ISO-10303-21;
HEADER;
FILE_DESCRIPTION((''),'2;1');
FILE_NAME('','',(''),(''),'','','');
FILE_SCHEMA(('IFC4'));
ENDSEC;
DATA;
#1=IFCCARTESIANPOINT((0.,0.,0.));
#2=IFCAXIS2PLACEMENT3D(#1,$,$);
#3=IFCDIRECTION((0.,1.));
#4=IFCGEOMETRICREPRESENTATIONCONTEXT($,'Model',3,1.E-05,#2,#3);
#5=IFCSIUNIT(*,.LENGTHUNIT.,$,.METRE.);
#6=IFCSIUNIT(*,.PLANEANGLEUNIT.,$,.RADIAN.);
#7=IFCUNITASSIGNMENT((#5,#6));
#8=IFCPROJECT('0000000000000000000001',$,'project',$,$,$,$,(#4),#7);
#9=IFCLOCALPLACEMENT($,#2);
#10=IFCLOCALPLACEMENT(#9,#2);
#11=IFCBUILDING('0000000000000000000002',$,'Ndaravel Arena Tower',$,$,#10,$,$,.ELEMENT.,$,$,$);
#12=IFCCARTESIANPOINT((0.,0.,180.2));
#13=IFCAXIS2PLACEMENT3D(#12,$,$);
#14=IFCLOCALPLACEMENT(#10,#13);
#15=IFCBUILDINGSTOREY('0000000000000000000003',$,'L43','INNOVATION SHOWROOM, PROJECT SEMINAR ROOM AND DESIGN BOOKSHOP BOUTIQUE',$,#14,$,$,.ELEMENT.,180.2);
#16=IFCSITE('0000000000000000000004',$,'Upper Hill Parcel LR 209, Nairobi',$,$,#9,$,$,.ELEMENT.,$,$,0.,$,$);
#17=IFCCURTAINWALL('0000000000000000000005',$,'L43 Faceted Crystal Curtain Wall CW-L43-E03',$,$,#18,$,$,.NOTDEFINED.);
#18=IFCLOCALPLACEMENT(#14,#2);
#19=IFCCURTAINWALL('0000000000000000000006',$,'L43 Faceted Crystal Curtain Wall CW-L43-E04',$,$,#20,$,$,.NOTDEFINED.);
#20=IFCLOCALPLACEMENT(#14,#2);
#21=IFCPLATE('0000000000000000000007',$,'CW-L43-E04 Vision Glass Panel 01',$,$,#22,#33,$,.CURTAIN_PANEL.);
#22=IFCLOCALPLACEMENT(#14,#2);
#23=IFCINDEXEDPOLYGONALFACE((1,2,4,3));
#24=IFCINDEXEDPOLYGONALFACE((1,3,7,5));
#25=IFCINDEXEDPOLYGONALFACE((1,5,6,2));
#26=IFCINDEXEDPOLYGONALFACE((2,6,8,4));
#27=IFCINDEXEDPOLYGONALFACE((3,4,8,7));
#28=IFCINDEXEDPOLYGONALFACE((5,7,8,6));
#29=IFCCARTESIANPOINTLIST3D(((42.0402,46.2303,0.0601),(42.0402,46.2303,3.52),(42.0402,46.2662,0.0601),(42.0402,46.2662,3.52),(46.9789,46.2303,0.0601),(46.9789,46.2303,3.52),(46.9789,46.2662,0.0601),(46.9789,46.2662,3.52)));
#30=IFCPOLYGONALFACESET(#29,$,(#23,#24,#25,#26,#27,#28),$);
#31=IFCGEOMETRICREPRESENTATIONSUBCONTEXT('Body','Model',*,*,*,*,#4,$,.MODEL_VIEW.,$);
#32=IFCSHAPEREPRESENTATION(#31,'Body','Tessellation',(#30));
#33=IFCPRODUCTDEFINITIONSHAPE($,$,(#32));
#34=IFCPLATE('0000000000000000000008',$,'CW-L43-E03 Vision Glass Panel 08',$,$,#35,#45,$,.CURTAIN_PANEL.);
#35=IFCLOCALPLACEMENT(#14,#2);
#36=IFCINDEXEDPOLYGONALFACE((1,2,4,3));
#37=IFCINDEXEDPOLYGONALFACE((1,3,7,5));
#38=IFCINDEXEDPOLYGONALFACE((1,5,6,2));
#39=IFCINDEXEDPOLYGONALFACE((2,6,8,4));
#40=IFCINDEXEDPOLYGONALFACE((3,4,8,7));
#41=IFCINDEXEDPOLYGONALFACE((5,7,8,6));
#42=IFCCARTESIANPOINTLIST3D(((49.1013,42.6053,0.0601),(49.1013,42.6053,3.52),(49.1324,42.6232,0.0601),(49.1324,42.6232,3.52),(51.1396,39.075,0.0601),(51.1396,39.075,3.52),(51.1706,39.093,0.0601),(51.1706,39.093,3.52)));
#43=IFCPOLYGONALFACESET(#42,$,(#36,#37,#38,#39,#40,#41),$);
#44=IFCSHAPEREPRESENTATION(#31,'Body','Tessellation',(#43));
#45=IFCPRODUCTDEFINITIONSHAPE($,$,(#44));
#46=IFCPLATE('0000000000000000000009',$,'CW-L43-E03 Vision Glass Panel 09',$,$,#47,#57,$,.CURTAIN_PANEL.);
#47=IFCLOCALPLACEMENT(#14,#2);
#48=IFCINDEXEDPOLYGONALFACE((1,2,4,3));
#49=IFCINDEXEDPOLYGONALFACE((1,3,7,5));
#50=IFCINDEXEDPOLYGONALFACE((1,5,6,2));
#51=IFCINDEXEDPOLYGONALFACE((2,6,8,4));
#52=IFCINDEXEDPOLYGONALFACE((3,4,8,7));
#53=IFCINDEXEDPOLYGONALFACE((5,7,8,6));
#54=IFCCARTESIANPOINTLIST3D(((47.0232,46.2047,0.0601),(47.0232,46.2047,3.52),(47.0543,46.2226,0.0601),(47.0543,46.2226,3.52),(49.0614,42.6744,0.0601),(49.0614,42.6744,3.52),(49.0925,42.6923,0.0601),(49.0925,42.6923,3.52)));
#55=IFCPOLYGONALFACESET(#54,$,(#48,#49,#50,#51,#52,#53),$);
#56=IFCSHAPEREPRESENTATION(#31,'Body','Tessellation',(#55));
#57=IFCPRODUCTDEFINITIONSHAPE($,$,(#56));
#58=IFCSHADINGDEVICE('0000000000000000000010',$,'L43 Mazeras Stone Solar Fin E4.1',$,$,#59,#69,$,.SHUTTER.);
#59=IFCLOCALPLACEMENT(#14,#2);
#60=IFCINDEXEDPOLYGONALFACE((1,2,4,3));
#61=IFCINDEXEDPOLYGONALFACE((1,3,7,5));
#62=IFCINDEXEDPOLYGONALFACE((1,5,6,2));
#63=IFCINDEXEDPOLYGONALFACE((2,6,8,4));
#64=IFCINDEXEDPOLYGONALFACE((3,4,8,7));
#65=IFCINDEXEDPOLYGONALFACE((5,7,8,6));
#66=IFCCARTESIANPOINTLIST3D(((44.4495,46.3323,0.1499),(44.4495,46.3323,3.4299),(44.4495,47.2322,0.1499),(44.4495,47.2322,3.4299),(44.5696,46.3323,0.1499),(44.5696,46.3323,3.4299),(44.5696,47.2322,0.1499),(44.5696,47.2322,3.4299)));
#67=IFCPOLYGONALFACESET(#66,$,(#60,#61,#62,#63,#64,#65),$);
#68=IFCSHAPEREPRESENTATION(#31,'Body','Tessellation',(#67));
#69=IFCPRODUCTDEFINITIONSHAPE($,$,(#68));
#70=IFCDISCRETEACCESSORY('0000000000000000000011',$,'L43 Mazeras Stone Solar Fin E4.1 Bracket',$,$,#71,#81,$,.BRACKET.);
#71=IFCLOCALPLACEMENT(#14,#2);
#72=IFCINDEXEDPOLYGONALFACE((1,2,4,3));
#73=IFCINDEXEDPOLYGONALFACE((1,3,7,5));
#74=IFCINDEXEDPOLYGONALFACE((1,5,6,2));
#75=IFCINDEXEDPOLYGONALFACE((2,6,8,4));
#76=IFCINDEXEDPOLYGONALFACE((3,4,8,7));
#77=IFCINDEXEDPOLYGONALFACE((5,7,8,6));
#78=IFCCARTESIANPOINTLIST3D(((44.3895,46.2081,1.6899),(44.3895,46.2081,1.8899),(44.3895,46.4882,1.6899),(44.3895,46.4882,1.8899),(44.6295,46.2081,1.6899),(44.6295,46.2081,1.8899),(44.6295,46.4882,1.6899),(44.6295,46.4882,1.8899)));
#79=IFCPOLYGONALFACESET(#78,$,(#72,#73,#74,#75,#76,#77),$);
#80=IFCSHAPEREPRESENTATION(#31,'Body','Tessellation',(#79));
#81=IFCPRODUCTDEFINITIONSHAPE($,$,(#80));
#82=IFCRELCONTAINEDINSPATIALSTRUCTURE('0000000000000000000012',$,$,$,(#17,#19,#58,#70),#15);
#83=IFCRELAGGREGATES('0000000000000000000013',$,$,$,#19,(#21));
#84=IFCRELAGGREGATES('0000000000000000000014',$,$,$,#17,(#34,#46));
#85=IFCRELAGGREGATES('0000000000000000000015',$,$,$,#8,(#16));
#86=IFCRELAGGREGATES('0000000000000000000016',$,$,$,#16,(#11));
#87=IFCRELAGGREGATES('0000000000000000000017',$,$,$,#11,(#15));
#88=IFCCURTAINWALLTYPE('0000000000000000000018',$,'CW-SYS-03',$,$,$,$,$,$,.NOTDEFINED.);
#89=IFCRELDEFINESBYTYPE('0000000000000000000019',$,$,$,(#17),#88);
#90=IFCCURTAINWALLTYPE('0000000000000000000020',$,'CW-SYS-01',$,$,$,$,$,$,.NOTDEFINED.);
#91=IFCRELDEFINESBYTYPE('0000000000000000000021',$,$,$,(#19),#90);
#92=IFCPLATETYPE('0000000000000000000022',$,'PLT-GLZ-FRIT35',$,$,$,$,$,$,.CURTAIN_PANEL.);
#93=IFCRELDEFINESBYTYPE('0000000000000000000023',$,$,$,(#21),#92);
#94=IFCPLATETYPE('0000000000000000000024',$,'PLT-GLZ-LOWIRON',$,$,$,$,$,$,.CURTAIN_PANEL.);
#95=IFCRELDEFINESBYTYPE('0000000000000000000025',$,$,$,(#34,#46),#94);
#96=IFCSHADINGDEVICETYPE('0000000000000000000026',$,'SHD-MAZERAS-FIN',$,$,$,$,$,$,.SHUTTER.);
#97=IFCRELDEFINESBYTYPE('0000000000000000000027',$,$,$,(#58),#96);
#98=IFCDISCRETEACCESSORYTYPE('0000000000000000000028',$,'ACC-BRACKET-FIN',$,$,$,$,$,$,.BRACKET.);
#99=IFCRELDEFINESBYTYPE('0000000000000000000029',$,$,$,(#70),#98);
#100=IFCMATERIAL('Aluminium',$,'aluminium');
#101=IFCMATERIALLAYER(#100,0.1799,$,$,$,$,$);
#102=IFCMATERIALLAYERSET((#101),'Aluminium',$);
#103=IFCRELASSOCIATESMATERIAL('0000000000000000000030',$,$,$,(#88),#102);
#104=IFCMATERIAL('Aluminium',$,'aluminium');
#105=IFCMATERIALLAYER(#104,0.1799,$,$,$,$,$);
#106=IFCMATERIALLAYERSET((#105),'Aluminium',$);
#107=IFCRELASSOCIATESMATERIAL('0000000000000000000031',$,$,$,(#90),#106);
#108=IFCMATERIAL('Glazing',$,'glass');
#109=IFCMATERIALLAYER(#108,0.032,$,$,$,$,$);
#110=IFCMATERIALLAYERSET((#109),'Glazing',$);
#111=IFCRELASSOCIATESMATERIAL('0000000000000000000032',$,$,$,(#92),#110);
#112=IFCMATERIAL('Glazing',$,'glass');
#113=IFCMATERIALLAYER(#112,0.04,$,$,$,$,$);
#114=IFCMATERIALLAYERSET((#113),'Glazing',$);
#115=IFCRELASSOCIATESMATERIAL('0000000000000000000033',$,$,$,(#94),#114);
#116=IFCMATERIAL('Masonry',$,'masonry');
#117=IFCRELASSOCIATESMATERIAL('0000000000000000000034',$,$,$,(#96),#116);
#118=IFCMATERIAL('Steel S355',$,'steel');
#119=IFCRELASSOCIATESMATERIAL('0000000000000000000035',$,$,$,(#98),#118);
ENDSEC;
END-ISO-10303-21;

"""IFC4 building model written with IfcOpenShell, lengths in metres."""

from ifc_helpers import new_model, si_unit, direction, frame, origin, origin_2d, place, context, subcontext, project, spatial, rectangle, extrude, material, layer, layer_set, type_object, element, aggregate, save


model = new_model("IFC4")

# Units and contexts
model_context = context("Model", 3, precision=1e-05, world=origin(), true_north=direction((0.0, 1.0)))
body_context = subcontext(model_context, "Body", "Model", "MODEL_VIEW")
ifc_project = project(units=[si_unit("LENGTHUNIT", "METRE"), si_unit("PLANEANGLEUNIT", "RADIAN")], contexts=[model_context])

# Site, building, storey
site_placement = place(None, origin())
site = spatial("IfcSite", under=ifc_project, at=site_placement, Name="Upper Hill Parcel LR 209, Nairobi", CompositionType="ELEMENT", RefElevation=0.0)
building_placement = place(site_placement, origin())
building = spatial("IfcBuilding", under=site, at=building_placement, Name="Ndaravel Arena Tower", CompositionType="ELEMENT")
storey_placement = place(building_placement, frame((0.0, 0.0, 180.2)))
storey = spatial("IfcBuildingStorey", under=building, at=storey_placement, Name="L43", Description="INNOVATION SHOWROOM, PROJECT SEMINAR ROOM AND DESIGN BOOKSHOP BOUTIQUE", CompositionType="ELEMENT", Elevation=180.2)

# Curtain wall
ifc_material_1 = material(Name="Aluminium", Category="aluminium")
ifc_layer_1 = layer(ifc_material_1, 0.1799)
ifc_layer_set_1 = layer_set([ifc_layer_1], Name="Aluminium")
curtain_wall_type_1 = type_object("IfcCurtainWallType", Name="CW-SYS-03", PredefinedType="NOTDEFINED", material=ifc_layer_set_1)
curtain_wall_1_placement = place(storey_placement, origin())
curtain_wall_1 = element("IfcCurtainWall", 1, at=curtain_wall_1_placement, inside=storey, type_object=curtain_wall_type_1, Name="L43 Faceted Crystal Curtain Wall CW-L43-E03", PredefinedType="NOTDEFINED")

# Curtain wall, plate
ifc_material_2 = material(Name="Aluminium", Category="aluminium")
ifc_layer_2 = layer(ifc_material_2, 0.1799)
ifc_layer_set_2 = layer_set([ifc_layer_2], Name="Aluminium")
curtain_wall_type_2 = type_object("IfcCurtainWallType", Name="CW-SYS-01", PredefinedType="NOTDEFINED", material=ifc_layer_set_2)
curtain_wall_2_placement = place(storey_placement, origin())
curtain_wall_2 = element("IfcCurtainWall", 2, at=curtain_wall_2_placement, inside=storey, type_object=curtain_wall_type_2, Name="L43 Faceted Crystal Curtain Wall CW-L43-E04", PredefinedType="NOTDEFINED")
ifc_material_3 = material(Name="Glazing", Category="glass")
ifc_layer_3 = layer(ifc_material_3, 0.032)
ifc_layer_set_3 = layer_set([ifc_layer_3], Name="Glazing")
plate_type_1 = type_object("IfcPlateType", Name="PLT-GLZ-FRIT35", PredefinedType="CURTAIN_PANEL", material=ifc_layer_set_3)
plate_1_placement = place(storey_placement, frame((44.5095, 46.2483, 0.0601), z_axis=(0.0, 0.0, 1.0), x_axis=(-1.0, 0.0, 0.0)))
plate_1 = element("IfcPlate", 3, at=plate_1_placement, type_object=plate_type_1, Name="CW-L43-E04 Vision Glass Panel 01", PredefinedType="CURTAIN_PANEL", context=body_context, shape_type="SweptSolid", body=[
    extrude(rectangle(XDim=4.9387, YDim=0.0359, at=origin_2d()), origin(), (0.0, 0.0, 1.0), 3.46),
])
aggregate(curtain_wall_2, [plate_1])

# Plates
ifc_material_4 = material(Name="Glazing", Category="glass")
ifc_layer_4 = layer(ifc_material_4, 0.04)
ifc_layer_set_4 = layer_set([ifc_layer_4], Name="Glazing")
plate_type_2 = type_object("IfcPlateType", Name="PLT-GLZ-LOWIRON", PredefinedType="CURTAIN_PANEL", material=ifc_layer_set_4)
plate_2_placement = place(storey_placement, frame((50.136, 40.8491, 0.0601), z_axis=(0.0, 0.0, 1.0), x_axis=(-0.5, 0.866025, 0.0)))
plate_2 = element("IfcPlate", 4, at=plate_2_placement, type_object=plate_type_2, Name="CW-L43-E03 Vision Glass Panel 08", PredefinedType="CURTAIN_PANEL", context=body_context, shape_type="SweptSolid", body=[
    extrude(rectangle(XDim=4.0764, YDim=0.0359, at=origin_2d()), origin(), (0.0, 0.0, 1.0), 3.46),
])
plate_3_placement = place(storey_placement, frame((48.0579, 44.4485, 0.0601), z_axis=(0.0, 0.0, 1.0), x_axis=(-0.5, 0.866025, 0.0)))
plate_3 = element("IfcPlate", 5, at=plate_3_placement, type_object=plate_type_2, Name="CW-L43-E03 Vision Glass Panel 09", PredefinedType="CURTAIN_PANEL", context=body_context, shape_type="SweptSolid", body=[
    extrude(rectangle(XDim=4.0764, YDim=0.0359, at=origin_2d()), origin(), (0.0, 0.0, 1.0), 3.46),
])
aggregate(curtain_wall_1, [plate_2, plate_3])

# Shading device
ifc_material_5 = material(Name="Masonry", Category="masonry")
shading_device_type = type_object("IfcShadingDeviceType", Name="SHD-MAZERAS-FIN", PredefinedType="SHUTTER", material=ifc_material_5)
shading_device_placement = place(storey_placement, frame((44.5095, 46.7822, 0.1499), z_axis=(0.0, 0.0, 1.0), x_axis=(0.0, 1.0, 0.0)))
element("IfcShadingDevice", 6, at=shading_device_placement, inside=storey, type_object=shading_device_type, Name="L43 Mazeras Stone Solar Fin E4.1", PredefinedType="SHUTTER", context=body_context, shape_type="SweptSolid", body=[
    extrude(rectangle(XDim=0.8999, YDim=0.1201, at=origin_2d()), origin(), (0.0, 0.0, 1.0), 3.28),
])

# Discrete accessory
ifc_material_6 = material(Name="Steel S355", Category="steel")
discrete_accessory_type = type_object("IfcDiscreteAccessoryType", Name="ACC-BRACKET-FIN", PredefinedType="BRACKET", material=ifc_material_6)
discrete_accessory_placement = place(storey_placement, frame((44.5095, 46.3481, 1.6899), z_axis=(0.0, 0.0, 1.0), x_axis=(0.0, 1.0, 0.0)))
element("IfcDiscreteAccessory", 7, at=discrete_accessory_placement, inside=storey, type_object=discrete_accessory_type, Name="L43 Mazeras Stone Solar Fin E4.1 Bracket", PredefinedType="BRACKET", context=body_context, shape_type="SweptSolid", body=[
    extrude(rectangle(XDim=0.28, YDim=0.24, at=origin_2d()), origin(), (0.0, 0.0, 1.0), 0.2),
])

save(model, "model.ifc")
